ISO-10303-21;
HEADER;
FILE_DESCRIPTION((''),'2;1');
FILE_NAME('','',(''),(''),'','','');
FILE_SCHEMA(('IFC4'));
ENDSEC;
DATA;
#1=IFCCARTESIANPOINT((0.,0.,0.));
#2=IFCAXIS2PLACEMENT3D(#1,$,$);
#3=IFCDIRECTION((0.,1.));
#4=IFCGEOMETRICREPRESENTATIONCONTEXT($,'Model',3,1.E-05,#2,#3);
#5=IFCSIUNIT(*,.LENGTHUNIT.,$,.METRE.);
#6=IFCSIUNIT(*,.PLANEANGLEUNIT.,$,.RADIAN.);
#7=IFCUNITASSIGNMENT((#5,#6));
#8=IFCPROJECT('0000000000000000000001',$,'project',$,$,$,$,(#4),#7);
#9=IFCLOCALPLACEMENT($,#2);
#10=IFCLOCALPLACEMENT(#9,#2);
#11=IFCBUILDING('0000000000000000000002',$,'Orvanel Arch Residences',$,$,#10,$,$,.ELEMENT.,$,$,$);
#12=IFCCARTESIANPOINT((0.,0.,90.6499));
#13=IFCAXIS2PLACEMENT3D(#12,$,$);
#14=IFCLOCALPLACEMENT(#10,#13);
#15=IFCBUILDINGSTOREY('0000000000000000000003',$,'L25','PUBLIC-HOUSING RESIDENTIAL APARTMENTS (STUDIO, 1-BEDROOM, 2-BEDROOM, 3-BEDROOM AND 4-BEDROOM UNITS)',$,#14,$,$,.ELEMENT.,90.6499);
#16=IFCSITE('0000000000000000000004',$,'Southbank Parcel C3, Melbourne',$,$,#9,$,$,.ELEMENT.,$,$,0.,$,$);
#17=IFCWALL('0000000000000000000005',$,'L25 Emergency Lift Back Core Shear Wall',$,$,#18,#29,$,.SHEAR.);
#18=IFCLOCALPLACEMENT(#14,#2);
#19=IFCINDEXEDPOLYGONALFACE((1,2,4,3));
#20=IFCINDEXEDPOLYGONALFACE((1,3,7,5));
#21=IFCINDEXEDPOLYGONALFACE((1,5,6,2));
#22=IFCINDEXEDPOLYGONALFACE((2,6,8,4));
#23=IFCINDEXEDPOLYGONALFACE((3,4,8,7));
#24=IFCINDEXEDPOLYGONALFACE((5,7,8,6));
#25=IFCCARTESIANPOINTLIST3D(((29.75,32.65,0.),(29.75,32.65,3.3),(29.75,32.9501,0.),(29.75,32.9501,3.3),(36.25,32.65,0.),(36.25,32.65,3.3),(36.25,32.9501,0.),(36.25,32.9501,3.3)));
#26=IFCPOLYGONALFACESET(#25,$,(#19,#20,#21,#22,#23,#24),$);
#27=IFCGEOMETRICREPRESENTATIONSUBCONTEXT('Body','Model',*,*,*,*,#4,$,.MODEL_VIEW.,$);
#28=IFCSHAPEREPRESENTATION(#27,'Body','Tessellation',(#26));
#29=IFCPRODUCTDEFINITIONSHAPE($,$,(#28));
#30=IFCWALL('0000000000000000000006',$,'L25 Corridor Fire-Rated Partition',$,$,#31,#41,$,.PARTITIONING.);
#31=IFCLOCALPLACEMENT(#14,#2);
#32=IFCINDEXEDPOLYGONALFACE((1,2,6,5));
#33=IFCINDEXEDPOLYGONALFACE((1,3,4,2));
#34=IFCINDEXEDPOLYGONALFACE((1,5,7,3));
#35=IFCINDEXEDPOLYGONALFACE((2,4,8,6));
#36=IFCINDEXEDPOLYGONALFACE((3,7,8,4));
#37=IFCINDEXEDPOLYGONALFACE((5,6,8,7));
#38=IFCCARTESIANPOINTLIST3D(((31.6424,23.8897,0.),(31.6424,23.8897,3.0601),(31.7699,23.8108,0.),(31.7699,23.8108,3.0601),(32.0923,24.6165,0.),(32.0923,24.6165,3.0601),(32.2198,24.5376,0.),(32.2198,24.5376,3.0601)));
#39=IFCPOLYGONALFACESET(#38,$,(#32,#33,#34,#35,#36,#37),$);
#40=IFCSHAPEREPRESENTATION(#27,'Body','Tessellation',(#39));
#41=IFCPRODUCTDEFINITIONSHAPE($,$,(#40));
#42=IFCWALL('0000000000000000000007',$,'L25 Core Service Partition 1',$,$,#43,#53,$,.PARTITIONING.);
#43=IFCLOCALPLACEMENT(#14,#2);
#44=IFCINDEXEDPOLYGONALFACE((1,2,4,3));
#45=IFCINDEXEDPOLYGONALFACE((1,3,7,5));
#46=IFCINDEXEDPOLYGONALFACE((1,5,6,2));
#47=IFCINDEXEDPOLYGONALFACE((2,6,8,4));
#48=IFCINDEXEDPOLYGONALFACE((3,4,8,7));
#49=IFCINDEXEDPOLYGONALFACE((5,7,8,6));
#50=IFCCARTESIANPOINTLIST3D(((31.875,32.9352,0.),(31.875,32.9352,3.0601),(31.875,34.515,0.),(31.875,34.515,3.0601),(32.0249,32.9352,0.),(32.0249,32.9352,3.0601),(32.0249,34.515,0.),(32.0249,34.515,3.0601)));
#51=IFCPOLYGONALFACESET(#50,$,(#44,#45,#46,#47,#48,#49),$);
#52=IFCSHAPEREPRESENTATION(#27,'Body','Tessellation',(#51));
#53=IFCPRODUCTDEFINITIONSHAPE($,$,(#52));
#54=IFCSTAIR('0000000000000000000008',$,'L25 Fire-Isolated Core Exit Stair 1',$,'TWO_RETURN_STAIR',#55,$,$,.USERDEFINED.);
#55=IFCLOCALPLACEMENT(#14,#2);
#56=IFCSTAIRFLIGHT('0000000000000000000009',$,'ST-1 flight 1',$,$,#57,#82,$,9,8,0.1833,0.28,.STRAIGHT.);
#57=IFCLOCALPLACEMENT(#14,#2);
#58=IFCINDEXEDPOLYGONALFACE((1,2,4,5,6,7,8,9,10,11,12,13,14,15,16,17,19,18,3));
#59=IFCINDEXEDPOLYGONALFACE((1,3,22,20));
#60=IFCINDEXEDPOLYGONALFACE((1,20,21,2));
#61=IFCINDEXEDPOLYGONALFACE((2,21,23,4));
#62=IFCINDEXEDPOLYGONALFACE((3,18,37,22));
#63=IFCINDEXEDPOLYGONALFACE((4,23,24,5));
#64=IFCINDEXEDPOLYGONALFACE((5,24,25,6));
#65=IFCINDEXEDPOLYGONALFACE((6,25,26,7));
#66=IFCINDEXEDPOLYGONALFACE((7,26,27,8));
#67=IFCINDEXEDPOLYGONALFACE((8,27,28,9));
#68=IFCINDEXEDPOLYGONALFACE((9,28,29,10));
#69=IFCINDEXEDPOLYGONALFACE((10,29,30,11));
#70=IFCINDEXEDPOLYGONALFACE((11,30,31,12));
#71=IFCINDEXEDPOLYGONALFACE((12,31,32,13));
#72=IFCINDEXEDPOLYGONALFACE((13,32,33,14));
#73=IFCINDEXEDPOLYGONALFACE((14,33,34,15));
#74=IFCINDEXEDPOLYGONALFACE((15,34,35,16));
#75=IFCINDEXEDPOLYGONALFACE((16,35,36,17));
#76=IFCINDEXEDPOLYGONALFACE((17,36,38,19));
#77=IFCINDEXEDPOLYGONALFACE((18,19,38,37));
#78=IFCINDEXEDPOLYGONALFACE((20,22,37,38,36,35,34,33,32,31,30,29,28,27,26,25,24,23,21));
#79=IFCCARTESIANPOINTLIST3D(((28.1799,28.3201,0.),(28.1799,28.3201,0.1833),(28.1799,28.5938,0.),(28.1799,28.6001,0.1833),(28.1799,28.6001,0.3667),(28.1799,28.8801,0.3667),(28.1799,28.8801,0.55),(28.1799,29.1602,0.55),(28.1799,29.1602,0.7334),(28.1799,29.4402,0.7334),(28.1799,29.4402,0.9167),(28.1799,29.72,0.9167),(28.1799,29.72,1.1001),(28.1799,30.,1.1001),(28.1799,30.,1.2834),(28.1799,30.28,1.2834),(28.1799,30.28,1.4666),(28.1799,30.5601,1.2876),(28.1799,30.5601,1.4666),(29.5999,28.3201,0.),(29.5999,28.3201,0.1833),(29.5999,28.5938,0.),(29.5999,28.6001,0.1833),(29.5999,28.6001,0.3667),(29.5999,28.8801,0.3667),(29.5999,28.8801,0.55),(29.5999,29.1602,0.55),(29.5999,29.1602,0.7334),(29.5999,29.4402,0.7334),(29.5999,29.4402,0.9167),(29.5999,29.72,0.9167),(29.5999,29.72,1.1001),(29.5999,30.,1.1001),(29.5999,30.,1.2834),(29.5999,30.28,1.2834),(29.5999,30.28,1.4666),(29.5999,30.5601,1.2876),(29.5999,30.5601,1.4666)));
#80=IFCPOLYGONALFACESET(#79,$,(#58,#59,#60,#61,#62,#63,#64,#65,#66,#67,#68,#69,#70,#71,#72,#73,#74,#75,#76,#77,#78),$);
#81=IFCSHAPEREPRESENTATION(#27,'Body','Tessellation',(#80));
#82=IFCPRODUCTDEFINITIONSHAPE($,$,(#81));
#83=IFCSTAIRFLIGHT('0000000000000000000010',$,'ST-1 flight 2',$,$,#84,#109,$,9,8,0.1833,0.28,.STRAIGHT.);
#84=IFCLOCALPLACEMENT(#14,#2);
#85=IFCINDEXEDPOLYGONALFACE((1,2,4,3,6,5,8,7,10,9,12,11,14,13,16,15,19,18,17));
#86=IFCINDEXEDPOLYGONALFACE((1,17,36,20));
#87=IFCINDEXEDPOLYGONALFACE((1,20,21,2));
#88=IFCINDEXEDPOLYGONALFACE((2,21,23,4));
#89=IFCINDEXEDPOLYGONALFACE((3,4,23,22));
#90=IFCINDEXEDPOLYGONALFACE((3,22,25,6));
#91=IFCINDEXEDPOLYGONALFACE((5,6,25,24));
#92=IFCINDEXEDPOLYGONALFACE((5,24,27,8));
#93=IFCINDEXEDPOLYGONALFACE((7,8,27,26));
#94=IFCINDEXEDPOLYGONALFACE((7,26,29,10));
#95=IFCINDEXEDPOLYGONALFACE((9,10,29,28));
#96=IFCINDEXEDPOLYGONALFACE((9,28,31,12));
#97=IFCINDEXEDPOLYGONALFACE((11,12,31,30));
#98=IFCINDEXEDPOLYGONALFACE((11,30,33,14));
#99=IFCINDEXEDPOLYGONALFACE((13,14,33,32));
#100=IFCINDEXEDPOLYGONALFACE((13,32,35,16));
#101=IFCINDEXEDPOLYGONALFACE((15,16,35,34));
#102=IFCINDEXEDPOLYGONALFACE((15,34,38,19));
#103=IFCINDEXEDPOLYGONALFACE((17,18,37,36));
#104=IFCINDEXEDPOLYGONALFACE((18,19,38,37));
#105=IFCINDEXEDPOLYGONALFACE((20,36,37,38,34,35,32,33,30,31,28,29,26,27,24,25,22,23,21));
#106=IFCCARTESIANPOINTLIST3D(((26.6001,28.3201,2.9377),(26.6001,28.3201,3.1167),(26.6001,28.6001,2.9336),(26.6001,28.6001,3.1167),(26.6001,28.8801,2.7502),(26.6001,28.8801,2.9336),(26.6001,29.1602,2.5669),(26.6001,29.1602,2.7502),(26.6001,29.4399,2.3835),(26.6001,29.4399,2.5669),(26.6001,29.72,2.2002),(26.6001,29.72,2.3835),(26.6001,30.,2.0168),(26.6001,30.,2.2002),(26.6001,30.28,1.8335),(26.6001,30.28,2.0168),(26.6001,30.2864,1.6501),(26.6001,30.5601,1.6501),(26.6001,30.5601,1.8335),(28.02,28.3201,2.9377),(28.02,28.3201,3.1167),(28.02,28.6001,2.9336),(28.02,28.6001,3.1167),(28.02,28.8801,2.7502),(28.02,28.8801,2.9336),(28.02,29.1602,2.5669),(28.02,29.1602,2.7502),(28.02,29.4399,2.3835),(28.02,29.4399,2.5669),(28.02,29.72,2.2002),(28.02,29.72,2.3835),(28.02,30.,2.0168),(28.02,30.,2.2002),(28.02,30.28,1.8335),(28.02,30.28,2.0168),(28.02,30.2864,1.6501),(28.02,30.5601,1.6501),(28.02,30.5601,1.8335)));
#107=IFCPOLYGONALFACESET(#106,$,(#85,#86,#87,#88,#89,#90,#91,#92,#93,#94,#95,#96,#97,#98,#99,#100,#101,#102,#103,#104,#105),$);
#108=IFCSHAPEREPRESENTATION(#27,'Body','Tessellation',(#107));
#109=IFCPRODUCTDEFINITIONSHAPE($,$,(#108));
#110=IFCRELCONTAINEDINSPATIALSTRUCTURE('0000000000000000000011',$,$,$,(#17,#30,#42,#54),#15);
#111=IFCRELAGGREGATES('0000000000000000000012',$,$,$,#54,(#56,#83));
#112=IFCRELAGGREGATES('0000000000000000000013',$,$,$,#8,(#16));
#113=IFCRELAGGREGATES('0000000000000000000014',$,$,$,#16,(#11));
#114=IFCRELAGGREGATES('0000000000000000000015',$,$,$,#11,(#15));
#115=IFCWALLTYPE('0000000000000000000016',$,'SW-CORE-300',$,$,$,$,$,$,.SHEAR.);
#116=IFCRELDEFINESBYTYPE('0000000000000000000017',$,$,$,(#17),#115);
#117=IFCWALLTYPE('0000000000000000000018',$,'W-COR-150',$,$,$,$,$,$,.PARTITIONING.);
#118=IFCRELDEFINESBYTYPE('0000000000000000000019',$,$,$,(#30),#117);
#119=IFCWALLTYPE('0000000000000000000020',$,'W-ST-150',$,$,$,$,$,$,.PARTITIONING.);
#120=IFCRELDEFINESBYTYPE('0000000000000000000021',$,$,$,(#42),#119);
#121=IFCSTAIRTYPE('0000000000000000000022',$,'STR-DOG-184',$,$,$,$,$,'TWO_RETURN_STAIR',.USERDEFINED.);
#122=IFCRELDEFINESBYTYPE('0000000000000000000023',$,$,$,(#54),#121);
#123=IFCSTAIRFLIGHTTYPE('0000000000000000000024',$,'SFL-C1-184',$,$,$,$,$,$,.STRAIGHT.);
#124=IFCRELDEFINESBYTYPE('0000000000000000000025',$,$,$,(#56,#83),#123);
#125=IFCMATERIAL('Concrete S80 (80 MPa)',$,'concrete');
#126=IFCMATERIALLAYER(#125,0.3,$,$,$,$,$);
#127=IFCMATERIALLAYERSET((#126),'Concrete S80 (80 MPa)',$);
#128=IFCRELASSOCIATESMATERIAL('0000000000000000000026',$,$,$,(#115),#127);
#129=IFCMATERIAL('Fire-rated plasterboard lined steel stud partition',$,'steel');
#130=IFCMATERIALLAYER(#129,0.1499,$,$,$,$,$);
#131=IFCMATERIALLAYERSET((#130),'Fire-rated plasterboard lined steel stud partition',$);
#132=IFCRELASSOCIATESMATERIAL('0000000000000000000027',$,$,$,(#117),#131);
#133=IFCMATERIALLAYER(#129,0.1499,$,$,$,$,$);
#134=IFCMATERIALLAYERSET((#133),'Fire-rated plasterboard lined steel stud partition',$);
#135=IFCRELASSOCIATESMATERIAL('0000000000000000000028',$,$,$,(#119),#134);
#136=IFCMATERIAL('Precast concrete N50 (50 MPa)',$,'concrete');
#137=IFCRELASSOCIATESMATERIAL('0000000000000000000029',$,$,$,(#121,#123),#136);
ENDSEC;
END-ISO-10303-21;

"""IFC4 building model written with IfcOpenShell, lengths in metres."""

from ifc_helpers import new_model, si_unit, direction, frame, frame_2d, origin, place, context, subcontext, project, spatial, polyline, rectangle, outline, extrude, material, layer, layer_set, type_object, element, aggregate, save


model = new_model("IFC4")

# Units and contexts
model_context = context("Model", 3, precision=1e-05, world=origin(), true_north=direction((0.0, 1.0)))
body_context = subcontext(model_context, "Body", "Model", "MODEL_VIEW")
ifc_project = project(units=[si_unit("LENGTHUNIT", "METRE"), si_unit("PLANEANGLEUNIT", "RADIAN")], contexts=[model_context])

# Site, building, storey
site_placement = place(None, origin())
site = spatial("IfcSite", under=ifc_project, at=site_placement, Name="Southbank Parcel C3, Melbourne", CompositionType="ELEMENT", RefElevation=0.0)
building_placement = place(site_placement, origin())
building = spatial("IfcBuilding", under=site, at=building_placement, Name="Orvanel Arch Residences", CompositionType="ELEMENT")
storey_placement = place(building_placement, frame((0.0, 0.0, 90.6499)))
storey = spatial("IfcBuildingStorey", under=building, at=storey_placement, Name="L25", Description="PUBLIC-HOUSING RESIDENTIAL APARTMENTS (STUDIO, 1-BEDROOM, 2-BEDROOM, 3-BEDROOM AND 4-BEDROOM UNITS)", CompositionType="ELEMENT", Elevation=90.6499)

# Shared definitions
ifc_material_1 = material(Name="Concrete S80 (80 MPa)", Category="concrete")
ifc_layer_1 = layer(ifc_material_1, 0.3)
ifc_layer_set_1 = layer_set([ifc_layer_1], Name="Concrete S80 (80 MPa)")
wall_type_1 = type_object("IfcWallType", Name="SW-CORE-300", PredefinedType="SHEAR", material=ifc_layer_set_1)

# Walls
wall_1_placement = place(storey_placement, frame((29.75, 32.8, 0.0), z_axis=(0.0, 0.0, 1.0), x_axis=(1.0, 0.0, 0.0)))
element("IfcWall", 1, at=wall_1_placement, inside=storey, type_object=wall_type_1, Name="L25 Emergency Lift Back Core Shear Wall", PredefinedType="SHEAR", context=body_context, shape_type="SweptSolid", body=[
    extrude(rectangle(XDim=6.5, YDim=0.3, at=frame_2d((3.25, 0.0))), origin(), (0.0, 0.0, 1.0), 3.3),
])
ifc_material_2 = material(Name="Fire-rated plasterboard lined steel stud partition", Category="steel")
ifc_layer_2 = layer(ifc_material_2, 0.1499)
ifc_layer_set_2 = layer_set([ifc_layer_2], Name="Fire-rated plasterboard lined steel stud partition")
wall_type_2 = type_object("IfcWallType", Name="W-COR-150", PredefinedType="PARTITIONING", material=ifc_layer_set_2)
wall_2_placement = place(storey_placement, frame((32.156, 24.5769, 0.0), z_axis=(0.0, 0.0, 1.0), x_axis=(-0.526374, -0.850253, 0.0)))
element("IfcWall", 2, at=wall_2_placement, inside=storey, type_object=wall_type_2, Name="L25 Corridor Fire-Rated Partition", PredefinedType="PARTITIONING", context=body_context, shape_type="SweptSolid", body=[
    extrude(rectangle(XDim=0.8547, YDim=0.1499, at=frame_2d((0.4272, 0.0))), origin(), (0.0, 0.0, 1.0), 3.0601),
])
ifc_layer_3 = layer(ifc_material_2, 0.1499)
ifc_layer_set_3 = layer_set([ifc_layer_3], Name="Fire-rated plasterboard lined steel stud partition")
wall_type_3 = type_object("IfcWallType", Name="W-ST-150", PredefinedType="PARTITIONING", material=ifc_layer_set_3)
wall_3_placement = place(storey_placement, frame((31.95, 32.9351, 0.0), z_axis=(0.0, 0.0, 1.0), x_axis=(0.0, 1.0, 0.0)))
element("IfcWall", 3, at=wall_3_placement, inside=storey, type_object=wall_type_3, Name="L25 Core Service Partition 1", PredefinedType="PARTITIONING", context=body_context, shape_type="SweptSolid", body=[
    extrude(rectangle(XDim=1.5798, YDim=0.1499, at=frame_2d((0.79, 0.0))), origin(), (0.0, 0.0, 1.0), 3.0601),
])

# Stair, stair flights
ifc_material_3 = material(Name="Precast concrete N50 (50 MPa)", Category="concrete")
stair_type = type_object("IfcStairType", Name="STR-DOG-184", ElementType="TWO_RETURN_STAIR", PredefinedType="USERDEFINED", material=ifc_material_3)
stair_placement = place(storey_placement, origin())
stair = element("IfcStair", 4, at=stair_placement, inside=storey, type_object=stair_type, Name="L25 Fire-Isolated Core Exit Stair 1", ObjectType="TWO_RETURN_STAIR", PredefinedType="USERDEFINED")
stair_flight_type = type_object("IfcStairFlightType", Name="SFL-C1-184", PredefinedType="STRAIGHT", material=ifc_material_3)
stair_flight_1_placement = place(storey_placement, frame((28.8899, 28.3201, 0.0), z_axis=(0.0, 0.0, 1.0), x_axis=(0.0, 1.0, 0.0)))
stair_flight_1 = element("IfcStairFlight", 5, at=stair_flight_1_placement, type_object=stair_flight_type, Name="ST-1 flight 1", NumberOfRisers=9, NumberOfTreads=8, PredefinedType="STRAIGHT", RiserHeight=0.1833, TreadLength=0.28, context=body_context, shape_type="SweptSolid", body=[
    extrude(outline(polyline([(0.0, 0.0), (0.0, 0.1833), (0.28, 0.1833), (0.28, 0.3667), (0.5601, 0.3667), (0.5601, 0.55), (0.8401, 0.55), (0.8401, 0.7334), (1.1201, 0.7334), (1.1201, 0.9167), (1.3999, 0.9167), (1.3999, 1.1001), (1.6799, 1.1001), (1.6799, 1.2834), (1.96, 1.2834), (1.96, 1.4666), (2.24, 1.4666), (2.24, 1.6499), (2.24, 1.2876), (0.2737, 0.0), (0.0, 0.0)])), frame((0.0, 0.71, 0.0), z_axis=(0.0, -1.0, 0.0), x_axis=(1.0, 0.0, 0.0)), (0.0, 0.0, 1.0), 1.4199),
])
stair_flight_2_placement = place(storey_placement, frame((27.3101, 30.5601, 1.6501), z_axis=(0.0, 0.0, 1.0), x_axis=(0.0, -1.0, 0.0)))
stair_flight_2 = element("IfcStairFlight", 6, at=stair_flight_2_placement, type_object=stair_flight_type, Name="ST-1 flight 2", NumberOfRisers=9, NumberOfTreads=8, PredefinedType="STRAIGHT", RiserHeight=0.1833, TreadLength=0.28, context=body_context, shape_type="SweptSolid", body=[
    extrude(outline(polyline([(0.0, 0.0), (0.0, 0.1833), (0.28, 0.1833), (0.28, 0.3667), (0.5601, 0.3667), (0.5601, 0.55), (0.8401, 0.55), (0.8401, 0.7334), (1.1201, 0.7334), (1.1201, 0.9167), (1.3999, 0.9167), (1.3999, 1.1001), (1.6799, 1.1001), (1.6799, 1.2834), (1.96, 1.2834), (1.96, 1.4666), (2.24, 1.4666), (2.24, 1.6499), (2.24, 1.2876), (0.2737, 0.0), (0.0, 0.0)])), frame((0.0, 0.71, 0.0), z_axis=(0.0, -1.0, 0.0), x_axis=(1.0, 0.0, 0.0)), (0.0, 0.0, 1.0), 1.4199),
])
aggregate(stair, [stair_flight_1, stair_flight_2])

save(model, "model.ifc")
